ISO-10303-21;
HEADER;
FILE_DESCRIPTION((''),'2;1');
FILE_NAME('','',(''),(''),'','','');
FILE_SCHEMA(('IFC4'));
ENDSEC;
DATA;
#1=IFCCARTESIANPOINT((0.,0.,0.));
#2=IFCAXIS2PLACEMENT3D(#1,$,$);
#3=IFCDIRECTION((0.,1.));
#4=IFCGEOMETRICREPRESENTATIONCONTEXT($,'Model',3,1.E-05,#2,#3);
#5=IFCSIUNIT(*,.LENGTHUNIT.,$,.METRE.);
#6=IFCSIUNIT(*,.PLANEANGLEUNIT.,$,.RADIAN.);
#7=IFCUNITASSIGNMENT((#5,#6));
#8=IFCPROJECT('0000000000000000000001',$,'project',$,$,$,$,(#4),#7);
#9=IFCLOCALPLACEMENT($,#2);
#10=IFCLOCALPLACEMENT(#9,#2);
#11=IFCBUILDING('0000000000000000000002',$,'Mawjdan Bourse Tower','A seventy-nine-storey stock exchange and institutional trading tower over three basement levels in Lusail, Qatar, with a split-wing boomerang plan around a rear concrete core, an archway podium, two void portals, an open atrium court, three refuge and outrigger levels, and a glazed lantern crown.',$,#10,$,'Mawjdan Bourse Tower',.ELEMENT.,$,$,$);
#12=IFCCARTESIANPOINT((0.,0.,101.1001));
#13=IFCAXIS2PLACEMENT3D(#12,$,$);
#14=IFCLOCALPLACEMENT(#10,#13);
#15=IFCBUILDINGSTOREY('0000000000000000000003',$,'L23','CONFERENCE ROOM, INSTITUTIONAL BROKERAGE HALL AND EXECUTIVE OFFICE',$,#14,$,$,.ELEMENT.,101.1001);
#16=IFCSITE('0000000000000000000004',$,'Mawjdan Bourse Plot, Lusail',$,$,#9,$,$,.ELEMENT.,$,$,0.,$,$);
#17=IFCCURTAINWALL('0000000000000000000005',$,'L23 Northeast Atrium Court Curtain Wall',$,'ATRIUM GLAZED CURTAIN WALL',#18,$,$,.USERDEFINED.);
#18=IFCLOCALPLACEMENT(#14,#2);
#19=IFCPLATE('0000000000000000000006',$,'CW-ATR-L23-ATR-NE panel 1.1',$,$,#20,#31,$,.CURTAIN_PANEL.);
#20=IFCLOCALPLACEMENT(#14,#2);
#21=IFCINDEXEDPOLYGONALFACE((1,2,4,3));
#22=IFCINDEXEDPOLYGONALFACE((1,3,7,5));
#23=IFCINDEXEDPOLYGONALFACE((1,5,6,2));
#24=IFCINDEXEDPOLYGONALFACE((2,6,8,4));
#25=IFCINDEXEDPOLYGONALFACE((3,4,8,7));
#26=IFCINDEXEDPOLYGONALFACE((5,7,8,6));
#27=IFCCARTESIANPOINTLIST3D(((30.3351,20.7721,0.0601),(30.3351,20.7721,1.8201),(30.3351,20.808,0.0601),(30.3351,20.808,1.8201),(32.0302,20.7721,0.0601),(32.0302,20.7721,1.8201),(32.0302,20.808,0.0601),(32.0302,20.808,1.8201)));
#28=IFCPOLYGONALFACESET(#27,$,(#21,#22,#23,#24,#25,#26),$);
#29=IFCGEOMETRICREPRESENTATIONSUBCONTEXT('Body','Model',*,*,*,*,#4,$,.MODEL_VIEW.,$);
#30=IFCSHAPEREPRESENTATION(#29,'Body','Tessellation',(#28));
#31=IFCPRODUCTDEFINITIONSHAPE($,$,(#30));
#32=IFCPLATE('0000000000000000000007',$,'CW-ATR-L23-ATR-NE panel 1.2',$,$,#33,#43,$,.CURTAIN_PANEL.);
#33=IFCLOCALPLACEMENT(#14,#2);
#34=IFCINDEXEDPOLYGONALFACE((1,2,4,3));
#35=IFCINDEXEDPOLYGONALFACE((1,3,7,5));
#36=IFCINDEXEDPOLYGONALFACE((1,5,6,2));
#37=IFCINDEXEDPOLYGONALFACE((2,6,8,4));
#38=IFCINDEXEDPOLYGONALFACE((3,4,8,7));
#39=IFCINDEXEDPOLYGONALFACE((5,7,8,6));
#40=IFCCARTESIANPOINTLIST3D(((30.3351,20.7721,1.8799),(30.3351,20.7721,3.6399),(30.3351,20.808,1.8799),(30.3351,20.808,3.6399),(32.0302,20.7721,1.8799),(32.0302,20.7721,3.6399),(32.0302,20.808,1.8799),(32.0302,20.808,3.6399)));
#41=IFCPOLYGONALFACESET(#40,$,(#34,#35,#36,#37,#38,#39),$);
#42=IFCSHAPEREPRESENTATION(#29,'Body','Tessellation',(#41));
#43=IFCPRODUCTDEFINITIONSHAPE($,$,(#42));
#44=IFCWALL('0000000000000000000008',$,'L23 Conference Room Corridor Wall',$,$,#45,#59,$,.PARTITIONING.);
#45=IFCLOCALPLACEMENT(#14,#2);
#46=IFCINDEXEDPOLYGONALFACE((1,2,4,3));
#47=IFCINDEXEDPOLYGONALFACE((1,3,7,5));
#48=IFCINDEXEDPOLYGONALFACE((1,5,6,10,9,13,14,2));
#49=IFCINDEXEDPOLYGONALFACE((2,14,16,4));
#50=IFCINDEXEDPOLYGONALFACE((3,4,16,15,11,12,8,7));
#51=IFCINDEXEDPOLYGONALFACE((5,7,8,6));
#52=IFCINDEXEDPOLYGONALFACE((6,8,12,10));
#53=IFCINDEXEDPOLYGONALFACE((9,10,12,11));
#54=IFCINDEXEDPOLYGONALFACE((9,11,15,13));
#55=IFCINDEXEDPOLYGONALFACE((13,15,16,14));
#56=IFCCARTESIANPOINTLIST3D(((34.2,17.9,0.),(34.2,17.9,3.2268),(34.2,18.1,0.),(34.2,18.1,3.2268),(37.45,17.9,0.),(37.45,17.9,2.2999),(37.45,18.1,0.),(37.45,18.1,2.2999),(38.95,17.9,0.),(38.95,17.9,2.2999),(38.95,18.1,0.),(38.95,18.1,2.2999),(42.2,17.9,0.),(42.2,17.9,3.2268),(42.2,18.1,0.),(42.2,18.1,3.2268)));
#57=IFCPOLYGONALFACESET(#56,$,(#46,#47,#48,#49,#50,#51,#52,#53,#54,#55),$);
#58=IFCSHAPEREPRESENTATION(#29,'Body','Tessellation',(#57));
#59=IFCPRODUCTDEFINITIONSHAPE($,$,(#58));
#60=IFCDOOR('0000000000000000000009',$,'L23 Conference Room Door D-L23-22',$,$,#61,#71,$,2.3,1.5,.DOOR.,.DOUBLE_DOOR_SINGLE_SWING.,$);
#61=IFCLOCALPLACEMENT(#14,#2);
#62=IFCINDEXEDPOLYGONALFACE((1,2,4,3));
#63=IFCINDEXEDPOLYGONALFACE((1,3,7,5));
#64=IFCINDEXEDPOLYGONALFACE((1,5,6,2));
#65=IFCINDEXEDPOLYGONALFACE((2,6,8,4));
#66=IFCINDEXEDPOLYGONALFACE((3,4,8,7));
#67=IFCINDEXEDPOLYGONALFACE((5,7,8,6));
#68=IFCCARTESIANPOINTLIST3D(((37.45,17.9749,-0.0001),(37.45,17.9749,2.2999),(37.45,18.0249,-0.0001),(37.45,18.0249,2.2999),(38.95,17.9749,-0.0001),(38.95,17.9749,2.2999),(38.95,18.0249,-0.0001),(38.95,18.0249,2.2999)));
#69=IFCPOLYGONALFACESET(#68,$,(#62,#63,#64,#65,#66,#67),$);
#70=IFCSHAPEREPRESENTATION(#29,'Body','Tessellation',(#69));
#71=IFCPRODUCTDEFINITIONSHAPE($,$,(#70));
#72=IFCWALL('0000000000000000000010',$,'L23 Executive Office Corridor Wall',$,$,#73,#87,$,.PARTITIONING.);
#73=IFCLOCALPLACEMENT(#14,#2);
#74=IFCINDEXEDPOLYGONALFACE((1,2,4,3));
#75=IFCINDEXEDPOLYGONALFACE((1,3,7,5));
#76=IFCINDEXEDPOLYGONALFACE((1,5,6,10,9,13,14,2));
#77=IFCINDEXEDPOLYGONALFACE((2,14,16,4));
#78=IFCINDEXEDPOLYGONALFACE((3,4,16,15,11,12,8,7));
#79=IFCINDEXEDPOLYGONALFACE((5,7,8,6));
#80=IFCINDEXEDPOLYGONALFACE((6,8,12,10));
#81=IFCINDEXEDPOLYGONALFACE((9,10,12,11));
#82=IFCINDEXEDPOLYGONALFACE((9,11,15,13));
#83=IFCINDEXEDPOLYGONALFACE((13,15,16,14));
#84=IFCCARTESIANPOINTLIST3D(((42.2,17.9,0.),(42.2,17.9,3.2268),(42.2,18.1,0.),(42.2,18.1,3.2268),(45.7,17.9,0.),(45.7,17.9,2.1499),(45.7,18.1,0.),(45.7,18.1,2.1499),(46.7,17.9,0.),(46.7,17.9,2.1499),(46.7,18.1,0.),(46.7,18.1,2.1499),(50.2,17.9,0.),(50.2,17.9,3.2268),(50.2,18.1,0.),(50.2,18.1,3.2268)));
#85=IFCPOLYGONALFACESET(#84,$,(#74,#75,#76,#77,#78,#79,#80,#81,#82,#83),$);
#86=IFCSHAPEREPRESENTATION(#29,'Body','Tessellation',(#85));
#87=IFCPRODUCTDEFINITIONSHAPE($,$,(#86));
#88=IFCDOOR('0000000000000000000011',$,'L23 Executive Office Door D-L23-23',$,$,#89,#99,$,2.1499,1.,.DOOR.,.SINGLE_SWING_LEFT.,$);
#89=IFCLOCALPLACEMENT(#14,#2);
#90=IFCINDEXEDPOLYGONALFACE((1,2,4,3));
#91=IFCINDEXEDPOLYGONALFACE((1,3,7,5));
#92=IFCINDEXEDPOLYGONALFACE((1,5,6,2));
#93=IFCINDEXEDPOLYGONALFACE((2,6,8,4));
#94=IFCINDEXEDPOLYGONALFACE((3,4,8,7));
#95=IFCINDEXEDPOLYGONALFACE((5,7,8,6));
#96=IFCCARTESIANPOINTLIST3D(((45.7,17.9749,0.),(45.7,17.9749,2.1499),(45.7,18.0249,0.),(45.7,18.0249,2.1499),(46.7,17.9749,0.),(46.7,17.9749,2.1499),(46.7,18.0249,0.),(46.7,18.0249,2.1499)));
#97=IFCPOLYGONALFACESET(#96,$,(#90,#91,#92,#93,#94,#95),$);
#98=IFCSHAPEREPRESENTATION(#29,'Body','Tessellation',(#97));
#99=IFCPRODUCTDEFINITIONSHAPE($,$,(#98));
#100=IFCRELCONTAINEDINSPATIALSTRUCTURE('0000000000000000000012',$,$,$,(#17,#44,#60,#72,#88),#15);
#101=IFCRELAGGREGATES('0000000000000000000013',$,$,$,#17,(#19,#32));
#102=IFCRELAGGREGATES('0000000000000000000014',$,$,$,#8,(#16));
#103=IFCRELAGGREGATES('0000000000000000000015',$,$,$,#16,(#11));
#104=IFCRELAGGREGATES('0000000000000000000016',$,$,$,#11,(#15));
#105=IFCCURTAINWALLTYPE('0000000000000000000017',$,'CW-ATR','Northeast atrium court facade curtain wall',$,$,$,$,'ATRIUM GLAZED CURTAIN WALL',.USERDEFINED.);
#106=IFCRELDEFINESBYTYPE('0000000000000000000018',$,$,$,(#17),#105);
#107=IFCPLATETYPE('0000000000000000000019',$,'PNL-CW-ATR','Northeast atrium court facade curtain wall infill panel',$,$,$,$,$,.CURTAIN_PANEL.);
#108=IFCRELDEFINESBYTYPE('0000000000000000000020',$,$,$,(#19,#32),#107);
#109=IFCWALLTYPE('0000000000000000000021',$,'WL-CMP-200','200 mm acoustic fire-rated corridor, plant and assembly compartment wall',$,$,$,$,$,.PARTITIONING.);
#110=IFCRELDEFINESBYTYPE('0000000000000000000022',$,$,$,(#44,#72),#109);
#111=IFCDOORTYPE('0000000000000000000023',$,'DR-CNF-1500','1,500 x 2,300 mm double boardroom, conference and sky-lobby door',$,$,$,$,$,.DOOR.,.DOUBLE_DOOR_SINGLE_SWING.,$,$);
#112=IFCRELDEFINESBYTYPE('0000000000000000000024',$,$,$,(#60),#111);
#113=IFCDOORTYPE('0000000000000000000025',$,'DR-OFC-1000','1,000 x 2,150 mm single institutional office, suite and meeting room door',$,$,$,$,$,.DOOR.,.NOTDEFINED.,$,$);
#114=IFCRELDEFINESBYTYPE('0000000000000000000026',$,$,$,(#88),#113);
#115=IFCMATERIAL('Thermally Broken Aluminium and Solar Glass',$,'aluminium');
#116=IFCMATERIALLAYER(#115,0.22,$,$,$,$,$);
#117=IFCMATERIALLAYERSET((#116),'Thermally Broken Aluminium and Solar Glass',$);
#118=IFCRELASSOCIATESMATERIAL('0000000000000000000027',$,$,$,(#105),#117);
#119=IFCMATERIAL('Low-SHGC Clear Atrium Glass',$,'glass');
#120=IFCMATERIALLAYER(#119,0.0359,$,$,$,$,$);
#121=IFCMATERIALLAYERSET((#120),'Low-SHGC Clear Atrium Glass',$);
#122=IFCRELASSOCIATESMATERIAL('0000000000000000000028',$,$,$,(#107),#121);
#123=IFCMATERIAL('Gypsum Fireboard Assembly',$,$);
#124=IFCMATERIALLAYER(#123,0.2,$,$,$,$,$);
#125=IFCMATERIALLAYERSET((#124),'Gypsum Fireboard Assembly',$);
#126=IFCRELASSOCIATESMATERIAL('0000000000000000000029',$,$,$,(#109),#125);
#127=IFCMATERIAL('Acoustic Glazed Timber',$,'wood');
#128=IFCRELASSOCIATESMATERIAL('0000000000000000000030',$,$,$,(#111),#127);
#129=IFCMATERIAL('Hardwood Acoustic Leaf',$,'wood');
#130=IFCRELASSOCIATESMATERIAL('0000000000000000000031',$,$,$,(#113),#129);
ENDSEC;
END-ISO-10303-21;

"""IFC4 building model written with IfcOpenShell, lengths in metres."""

from ifc_helpers import new_model, si_unit, direction, frame, frame_2d, origin, origin_2d, place, context, subcontext, project, spatial, rectangle, extrude, material, layer, layer_set, type_object, element, fill, aggregate, save


model = new_model("IFC4")

# Units and contexts
model_context = context("Model", 3, precision=1e-05, world=origin(), true_north=direction((0.0, 1.0)))
body_context = subcontext(model_context, "Body", "Model", "MODEL_VIEW")
ifc_project = project(units=[si_unit("LENGTHUNIT", "METRE"), si_unit("PLANEANGLEUNIT", "RADIAN")], contexts=[model_context])

# Site, building, storey
site_placement = place(None, origin())
site = spatial("IfcSite", under=ifc_project, at=site_placement, Name="Mawjdan Bourse Plot, Lusail", CompositionType="ELEMENT", RefElevation=0.0)
building_placement = place(site_placement, origin())
building = spatial("IfcBuilding", under=site, at=building_placement, Name="Mawjdan Bourse Tower", Description="A seventy-nine-storey stock exchange and institutional trading tower over three basement levels in Lusail, Qatar, with a split-wing boomerang plan around a rear concrete core, an archway podium, two void portals, an open atrium court, three refuge and outrigger levels, and a glazed lantern crown.", LongName="Mawjdan Bourse Tower", CompositionType="ELEMENT")
storey_placement = place(building_placement, frame((0.0, 0.0, 101.1001)))
storey = spatial("IfcBuildingStorey", under=building, at=storey_placement, Name="L23", Description="CONFERENCE ROOM, INSTITUTIONAL BROKERAGE HALL AND EXECUTIVE OFFICE", CompositionType="ELEMENT", Elevation=101.1001)

# Curtain wall
ifc_material_1 = material(Name="Thermally Broken Aluminium and Solar Glass", Category="aluminium")
ifc_layer_1 = layer(ifc_material_1, 0.22)
ifc_layer_set_1 = layer_set([ifc_layer_1], Name="Thermally Broken Aluminium and Solar Glass")
curtain_wall_type = type_object("IfcCurtainWallType", Name="CW-ATR", Description="Northeast atrium court facade curtain wall", ElementType="ATRIUM GLAZED CURTAIN WALL", PredefinedType="USERDEFINED", material=ifc_layer_set_1)
curtain_wall_placement = place(storey_placement, origin())
curtain_wall = element("IfcCurtainWall", 1, at=curtain_wall_placement, inside=storey, type_object=curtain_wall_type, Name="L23 Northeast Atrium Court Curtain Wall", ObjectType="ATRIUM GLAZED CURTAIN WALL", PredefinedType="USERDEFINED")

# Plates
ifc_material_2 = material(Name="Low-SHGC Clear Atrium Glass", Category="glass")
ifc_layer_2 = layer(ifc_material_2, 0.0359)
ifc_layer_set_2 = layer_set([ifc_layer_2], Name="Low-SHGC Clear Atrium Glass")
plate_type = type_object("IfcPlateType", Name="PNL-CW-ATR", Description="Northeast atrium court facade curtain wall infill panel", PredefinedType="CURTAIN_PANEL", material=ifc_layer_set_2)
plate_1_placement = place(storey_placement, frame((31.1826, 20.79, 0.0601), z_axis=(0.0, 0.0, 1.0), x_axis=(-1.0, 0.0, 0.0)))
plate_1 = element("IfcPlate", 2, at=plate_1_placement, type_object=plate_type, Name="CW-ATR-L23-ATR-NE panel 1.1", PredefinedType="CURTAIN_PANEL", context=body_context, shape_type="SweptSolid", body=[
    extrude(rectangle(XDim=1.6951, YDim=0.0359, at=origin_2d()), origin(), (0.0, 0.0, 1.0), 1.76),
])
plate_2_placement = place(storey_placement, frame((31.1826, 20.79, 1.8799), z_axis=(0.0, 0.0, 1.0), x_axis=(-1.0, 0.0, 0.0)))
plate_2 = element("IfcPlate", 3, at=plate_2_placement, type_object=plate_type, Name="CW-ATR-L23-ATR-NE panel 1.2", PredefinedType="CURTAIN_PANEL", context=body_context, shape_type="SweptSolid", body=[
    extrude(rectangle(XDim=1.6951, YDim=0.0359, at=origin_2d()), origin(), (0.0, 0.0, 1.0), 1.76),
])
aggregate(curtain_wall, [plate_1, plate_2])

# Walls, openings, doors
ifc_material_3 = material(Name="Gypsum Fireboard Assembly")
ifc_layer_3 = layer(ifc_material_3, 0.2)
ifc_layer_set_3 = layer_set([ifc_layer_3], Name="Gypsum Fireboard Assembly")
wall_type = type_object("IfcWallType", Name="WL-CMP-200", Description="200 mm acoustic fire-rated corridor, plant and assembly compartment wall", PredefinedType="PARTITIONING", material=ifc_layer_set_3)
wall_1_placement = place(storey_placement, frame((34.2, 18.0, 0.0), z_axis=(0.0, 0.0, 1.0), x_axis=(1.0, 0.0, 0.0)))
wall_1 = element("IfcWall", 4, at=wall_1_placement, inside=storey, type_object=wall_type, Name="L23 Conference Room Corridor Wall", PredefinedType="PARTITIONING", context=body_context, shape_type="SweptSolid", body=[
    extrude(rectangle(XDim=8.0, YDim=0.2, at=frame_2d((4.0, 0.0))), origin(), (0.0, 0.0, 1.0), 3.2268),
])
opening_1_placement = place(wall_1_placement, frame((3.25, 0.0, 0.0)))
opening_1 = element("IfcOpeningElement", 5, at=opening_1_placement, cuts=wall_1, PredefinedType="OPENING", context=body_context, shape_type="SweptSolid", body=[
    extrude(rectangle(XDim=1.5, YDim=2.3, at=frame_2d((0.75, 1.1499))), frame((0.0, 0.1099, 0.0), z_axis=(0.0, -1.0, 0.0), x_axis=(1.0, 0.0, 0.0)), (0.0, 0.0, 1.0), 0.22),
])
ifc_material_4 = material(Name="Acoustic Glazed Timber", Category="wood")
door_type_1 = type_object("IfcDoorType", Name="DR-CNF-1500", Description="1,500 x 2,300 mm double boardroom, conference and sky-lobby door", OperationType="DOUBLE_DOOR_SINGLE_SWING", PredefinedType="DOOR", material=ifc_material_4)
door_1_placement = place(opening_1_placement, origin())
door_1 = element("IfcDoor", 6, at=door_1_placement, inside=storey, type_object=door_type_1, Name="L23 Conference Room Door D-L23-22", OperationType="DOUBLE_DOOR_SINGLE_SWING", OverallHeight=2.3, OverallWidth=1.5, PredefinedType="DOOR", context=body_context, shape_type="SweptSolid", body=[
    extrude(rectangle(XDim=1.5, YDim=2.3, at=frame_2d((0.75, 1.1499))), frame((0.0, 0.0249, 0.0), z_axis=(0.0, -1.0, 0.0), x_axis=(1.0, 0.0, 0.0)), (0.0, 0.0, 1.0), 0.05),
])
fill(opening_1, door_1)
wall_2_placement = place(storey_placement, frame((42.2, 18.0, 0.0), z_axis=(0.0, 0.0, 1.0), x_axis=(1.0, 0.0, 0.0)))
wall_2 = element("IfcWall", 7, at=wall_2_placement, inside=storey, type_object=wall_type, Name="L23 Executive Office Corridor Wall", PredefinedType="PARTITIONING", context=body_context, shape_type="SweptSolid", body=[
    extrude(rectangle(XDim=8.0, YDim=0.2, at=frame_2d((4.0, 0.0))), origin(), (0.0, 0.0, 1.0), 3.2268),
])
opening_2_placement = place(wall_2_placement, frame((3.5, 0.0, 0.0)))
opening_2 = element("IfcOpeningElement", 8, at=opening_2_placement, cuts=wall_2, PredefinedType="OPENING", context=body_context, shape_type="SweptSolid", body=[
    extrude(rectangle(XDim=1.0, YDim=2.1499, at=frame_2d((0.5, 1.075))), frame((0.0, 0.1099, 0.0), z_axis=(0.0, -1.0, 0.0), x_axis=(1.0, 0.0, 0.0)), (0.0, 0.0, 1.0), 0.22),
])
ifc_material_5 = material(Name="Hardwood Acoustic Leaf", Category="wood")
door_type_2 = type_object("IfcDoorType", Name="DR-OFC-1000", Description="1,000 x 2,150 mm single institutional office, suite and meeting room door", OperationType="NOTDEFINED", PredefinedType="DOOR", material=ifc_material_5)
door_2_placement = place(opening_2_placement, origin())
door_2 = element("IfcDoor", 9, at=door_2_placement, inside=storey, type_object=door_type_2, Name="L23 Executive Office Door D-L23-23", OperationType="SINGLE_SWING_LEFT", OverallHeight=2.1499, OverallWidth=1.0, PredefinedType="DOOR", context=body_context, shape_type="SweptSolid", body=[
    extrude(rectangle(XDim=1.0, YDim=2.1499, at=frame_2d((0.5, 1.075))), frame((0.0, 0.0249, 0.0), z_axis=(0.0, -1.0, 0.0), x_axis=(1.0, 0.0, 0.0)), (0.0, 0.0, 1.0), 0.05),
])
fill(opening_2, door_2)

save(model, "model.ifc")
